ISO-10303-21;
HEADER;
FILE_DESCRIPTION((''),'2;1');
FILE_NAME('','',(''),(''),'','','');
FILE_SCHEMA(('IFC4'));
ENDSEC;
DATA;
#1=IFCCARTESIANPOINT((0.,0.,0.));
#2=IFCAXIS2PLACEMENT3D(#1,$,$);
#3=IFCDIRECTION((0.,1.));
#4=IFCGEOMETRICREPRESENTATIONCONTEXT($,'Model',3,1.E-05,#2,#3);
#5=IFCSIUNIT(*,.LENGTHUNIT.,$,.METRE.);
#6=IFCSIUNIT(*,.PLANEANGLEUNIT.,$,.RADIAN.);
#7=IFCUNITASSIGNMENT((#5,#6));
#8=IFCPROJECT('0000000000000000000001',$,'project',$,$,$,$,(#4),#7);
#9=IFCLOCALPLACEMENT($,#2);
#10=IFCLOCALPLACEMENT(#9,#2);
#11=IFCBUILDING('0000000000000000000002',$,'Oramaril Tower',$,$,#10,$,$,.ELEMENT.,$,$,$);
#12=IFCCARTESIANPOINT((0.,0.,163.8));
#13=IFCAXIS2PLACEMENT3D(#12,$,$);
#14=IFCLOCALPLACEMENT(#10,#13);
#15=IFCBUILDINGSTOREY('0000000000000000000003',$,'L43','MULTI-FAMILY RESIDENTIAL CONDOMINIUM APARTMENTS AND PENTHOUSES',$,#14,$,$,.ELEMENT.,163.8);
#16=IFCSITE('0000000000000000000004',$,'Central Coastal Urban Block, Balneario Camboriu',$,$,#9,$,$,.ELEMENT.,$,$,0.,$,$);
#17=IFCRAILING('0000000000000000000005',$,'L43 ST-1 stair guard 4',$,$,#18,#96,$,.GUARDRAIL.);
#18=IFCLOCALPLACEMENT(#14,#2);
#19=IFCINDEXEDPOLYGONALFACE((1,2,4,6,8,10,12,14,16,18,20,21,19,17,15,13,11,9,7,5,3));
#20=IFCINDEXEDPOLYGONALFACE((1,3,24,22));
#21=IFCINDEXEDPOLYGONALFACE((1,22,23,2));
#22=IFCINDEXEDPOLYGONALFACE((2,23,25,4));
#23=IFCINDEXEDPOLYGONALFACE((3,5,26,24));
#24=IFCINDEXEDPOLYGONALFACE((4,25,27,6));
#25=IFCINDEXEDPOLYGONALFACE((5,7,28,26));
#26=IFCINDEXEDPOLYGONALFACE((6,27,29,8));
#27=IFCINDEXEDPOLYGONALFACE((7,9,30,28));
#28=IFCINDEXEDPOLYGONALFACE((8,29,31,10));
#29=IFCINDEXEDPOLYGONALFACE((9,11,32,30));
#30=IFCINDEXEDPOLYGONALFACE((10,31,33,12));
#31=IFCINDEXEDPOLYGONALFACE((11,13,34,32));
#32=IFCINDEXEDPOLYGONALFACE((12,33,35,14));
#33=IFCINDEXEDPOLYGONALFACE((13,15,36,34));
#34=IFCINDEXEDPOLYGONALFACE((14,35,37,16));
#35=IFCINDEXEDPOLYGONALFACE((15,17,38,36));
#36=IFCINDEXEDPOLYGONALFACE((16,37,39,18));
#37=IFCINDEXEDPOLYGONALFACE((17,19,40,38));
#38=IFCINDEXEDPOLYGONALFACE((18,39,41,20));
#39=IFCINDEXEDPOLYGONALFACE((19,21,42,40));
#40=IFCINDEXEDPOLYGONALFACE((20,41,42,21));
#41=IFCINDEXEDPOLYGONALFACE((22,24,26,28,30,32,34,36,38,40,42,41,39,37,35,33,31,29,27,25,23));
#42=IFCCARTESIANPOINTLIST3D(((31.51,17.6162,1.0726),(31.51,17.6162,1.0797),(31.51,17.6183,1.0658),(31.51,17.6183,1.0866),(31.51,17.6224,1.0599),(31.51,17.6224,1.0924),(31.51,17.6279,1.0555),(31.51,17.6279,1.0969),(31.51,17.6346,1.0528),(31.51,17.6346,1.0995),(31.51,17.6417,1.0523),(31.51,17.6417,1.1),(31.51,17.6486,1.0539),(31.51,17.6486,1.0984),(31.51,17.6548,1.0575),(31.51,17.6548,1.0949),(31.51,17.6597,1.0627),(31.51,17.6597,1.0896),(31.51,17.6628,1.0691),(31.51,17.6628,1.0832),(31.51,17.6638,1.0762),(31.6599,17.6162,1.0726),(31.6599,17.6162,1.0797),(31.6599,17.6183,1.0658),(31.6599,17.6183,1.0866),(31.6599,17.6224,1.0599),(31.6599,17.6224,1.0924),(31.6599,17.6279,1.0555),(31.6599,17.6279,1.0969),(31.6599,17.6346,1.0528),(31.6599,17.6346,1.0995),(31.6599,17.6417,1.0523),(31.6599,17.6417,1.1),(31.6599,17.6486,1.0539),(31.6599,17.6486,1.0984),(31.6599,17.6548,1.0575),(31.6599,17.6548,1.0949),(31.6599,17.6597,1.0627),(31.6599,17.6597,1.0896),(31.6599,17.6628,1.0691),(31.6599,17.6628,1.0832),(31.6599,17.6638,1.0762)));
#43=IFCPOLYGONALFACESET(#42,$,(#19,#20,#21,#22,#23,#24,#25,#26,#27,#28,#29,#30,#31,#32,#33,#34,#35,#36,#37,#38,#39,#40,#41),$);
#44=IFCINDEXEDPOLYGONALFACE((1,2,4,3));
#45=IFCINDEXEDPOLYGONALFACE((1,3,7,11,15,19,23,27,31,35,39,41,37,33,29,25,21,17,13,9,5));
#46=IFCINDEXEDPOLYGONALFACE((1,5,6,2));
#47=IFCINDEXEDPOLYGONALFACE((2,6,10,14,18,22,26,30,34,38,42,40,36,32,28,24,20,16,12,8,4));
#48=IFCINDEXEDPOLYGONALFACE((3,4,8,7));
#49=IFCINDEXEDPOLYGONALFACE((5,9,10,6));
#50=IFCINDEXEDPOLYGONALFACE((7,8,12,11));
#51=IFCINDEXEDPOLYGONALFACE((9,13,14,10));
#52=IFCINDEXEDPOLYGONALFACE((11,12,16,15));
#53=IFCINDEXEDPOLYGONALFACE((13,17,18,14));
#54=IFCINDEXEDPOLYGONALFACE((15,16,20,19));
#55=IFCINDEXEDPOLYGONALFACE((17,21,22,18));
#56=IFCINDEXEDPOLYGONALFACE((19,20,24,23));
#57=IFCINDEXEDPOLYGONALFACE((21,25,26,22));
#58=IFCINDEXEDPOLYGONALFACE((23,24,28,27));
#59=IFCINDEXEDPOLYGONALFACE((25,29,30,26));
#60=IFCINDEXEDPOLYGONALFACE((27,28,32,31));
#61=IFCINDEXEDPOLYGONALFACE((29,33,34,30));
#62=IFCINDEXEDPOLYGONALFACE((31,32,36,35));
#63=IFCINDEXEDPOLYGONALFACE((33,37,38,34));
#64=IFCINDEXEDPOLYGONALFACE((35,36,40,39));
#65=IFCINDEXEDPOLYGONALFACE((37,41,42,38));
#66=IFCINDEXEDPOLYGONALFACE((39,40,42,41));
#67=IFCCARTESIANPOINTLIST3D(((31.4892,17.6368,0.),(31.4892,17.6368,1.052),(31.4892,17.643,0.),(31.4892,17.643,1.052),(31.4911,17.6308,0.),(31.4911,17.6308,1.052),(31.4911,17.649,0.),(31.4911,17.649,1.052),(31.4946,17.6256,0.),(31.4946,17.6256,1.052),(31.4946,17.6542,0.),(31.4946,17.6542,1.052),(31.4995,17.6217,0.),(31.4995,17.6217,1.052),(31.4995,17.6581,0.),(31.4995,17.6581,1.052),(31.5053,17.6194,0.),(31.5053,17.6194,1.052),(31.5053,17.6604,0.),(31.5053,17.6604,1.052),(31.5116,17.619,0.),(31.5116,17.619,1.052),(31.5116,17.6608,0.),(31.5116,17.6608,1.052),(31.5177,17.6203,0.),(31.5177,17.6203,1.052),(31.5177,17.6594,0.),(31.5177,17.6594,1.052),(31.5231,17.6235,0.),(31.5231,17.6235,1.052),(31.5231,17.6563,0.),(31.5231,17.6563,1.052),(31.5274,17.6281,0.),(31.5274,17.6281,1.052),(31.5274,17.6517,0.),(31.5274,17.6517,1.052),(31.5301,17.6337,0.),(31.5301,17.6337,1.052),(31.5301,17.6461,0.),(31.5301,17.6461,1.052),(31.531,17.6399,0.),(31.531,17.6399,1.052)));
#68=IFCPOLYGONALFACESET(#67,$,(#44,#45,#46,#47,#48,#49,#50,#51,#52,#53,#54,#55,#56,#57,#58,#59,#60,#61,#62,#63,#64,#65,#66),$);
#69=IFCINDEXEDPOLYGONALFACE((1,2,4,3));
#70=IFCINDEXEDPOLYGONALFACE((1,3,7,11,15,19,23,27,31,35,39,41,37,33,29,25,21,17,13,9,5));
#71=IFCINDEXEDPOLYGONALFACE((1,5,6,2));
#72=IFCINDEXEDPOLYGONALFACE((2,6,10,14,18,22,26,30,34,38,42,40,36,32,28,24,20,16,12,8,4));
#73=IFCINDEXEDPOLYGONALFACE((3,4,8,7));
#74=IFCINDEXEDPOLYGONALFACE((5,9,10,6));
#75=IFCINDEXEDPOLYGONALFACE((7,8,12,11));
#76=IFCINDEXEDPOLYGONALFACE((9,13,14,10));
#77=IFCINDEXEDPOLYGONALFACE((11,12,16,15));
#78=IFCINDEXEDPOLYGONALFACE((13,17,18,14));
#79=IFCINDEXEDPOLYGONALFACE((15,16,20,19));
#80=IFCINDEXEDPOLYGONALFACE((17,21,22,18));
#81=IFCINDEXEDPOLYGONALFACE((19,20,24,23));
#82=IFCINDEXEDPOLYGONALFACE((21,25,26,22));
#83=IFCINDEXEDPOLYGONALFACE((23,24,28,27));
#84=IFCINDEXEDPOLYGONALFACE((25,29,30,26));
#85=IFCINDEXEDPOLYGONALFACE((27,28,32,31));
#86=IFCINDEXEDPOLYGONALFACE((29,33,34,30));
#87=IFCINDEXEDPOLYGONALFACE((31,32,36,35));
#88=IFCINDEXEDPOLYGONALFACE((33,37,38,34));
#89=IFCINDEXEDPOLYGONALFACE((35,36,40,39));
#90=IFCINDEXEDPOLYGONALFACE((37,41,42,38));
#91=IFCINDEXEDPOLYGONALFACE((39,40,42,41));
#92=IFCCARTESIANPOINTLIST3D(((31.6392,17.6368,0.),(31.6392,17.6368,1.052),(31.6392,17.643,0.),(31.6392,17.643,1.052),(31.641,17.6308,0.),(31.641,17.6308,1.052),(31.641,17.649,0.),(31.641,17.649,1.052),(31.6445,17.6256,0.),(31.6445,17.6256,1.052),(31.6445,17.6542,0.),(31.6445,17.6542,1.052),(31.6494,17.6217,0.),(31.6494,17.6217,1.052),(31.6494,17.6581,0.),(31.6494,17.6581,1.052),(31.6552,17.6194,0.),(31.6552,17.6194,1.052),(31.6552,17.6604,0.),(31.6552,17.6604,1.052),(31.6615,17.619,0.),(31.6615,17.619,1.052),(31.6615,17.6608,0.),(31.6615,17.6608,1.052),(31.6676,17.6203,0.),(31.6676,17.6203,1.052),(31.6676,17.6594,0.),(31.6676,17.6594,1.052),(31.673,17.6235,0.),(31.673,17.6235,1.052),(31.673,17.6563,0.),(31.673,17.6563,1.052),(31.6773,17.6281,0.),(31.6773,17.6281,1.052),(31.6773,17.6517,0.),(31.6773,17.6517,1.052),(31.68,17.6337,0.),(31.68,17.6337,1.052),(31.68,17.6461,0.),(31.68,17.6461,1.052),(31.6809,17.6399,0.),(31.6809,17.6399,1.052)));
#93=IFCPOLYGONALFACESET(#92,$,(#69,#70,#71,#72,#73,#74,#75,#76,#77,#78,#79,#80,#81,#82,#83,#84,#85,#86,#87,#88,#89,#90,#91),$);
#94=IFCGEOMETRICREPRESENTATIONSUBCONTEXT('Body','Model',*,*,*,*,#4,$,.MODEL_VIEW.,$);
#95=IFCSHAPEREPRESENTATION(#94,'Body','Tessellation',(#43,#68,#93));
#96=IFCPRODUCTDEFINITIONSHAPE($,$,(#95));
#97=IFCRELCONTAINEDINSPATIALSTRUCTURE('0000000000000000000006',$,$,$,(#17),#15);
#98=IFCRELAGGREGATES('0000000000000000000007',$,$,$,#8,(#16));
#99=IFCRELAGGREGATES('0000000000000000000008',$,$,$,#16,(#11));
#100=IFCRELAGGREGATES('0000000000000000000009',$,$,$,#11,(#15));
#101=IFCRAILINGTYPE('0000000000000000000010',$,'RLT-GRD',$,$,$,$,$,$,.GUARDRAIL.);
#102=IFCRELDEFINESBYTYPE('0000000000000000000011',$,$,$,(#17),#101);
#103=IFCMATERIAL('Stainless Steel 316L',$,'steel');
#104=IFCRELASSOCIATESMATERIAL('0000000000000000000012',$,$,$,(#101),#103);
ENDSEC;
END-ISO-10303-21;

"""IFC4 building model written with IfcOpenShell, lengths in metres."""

from ifc_helpers import new_model, si_unit, direction, frame, origin, origin_2d, place, context, subcontext, project, spatial, circle, extrude, material, type_object, element, save


model = new_model("IFC4")

# Units and contexts
model_context = context("Model", 3, precision=1e-05, world=origin(), true_north=direction((0.0, 1.0)))
body_context = subcontext(model_context, "Body", "Model", "MODEL_VIEW")
ifc_project = project(units=[si_unit("LENGTHUNIT", "METRE"), si_unit("PLANEANGLEUNIT", "RADIAN")], contexts=[model_context])

# Site, building, storey
site_placement = place(None, origin())
site = spatial("IfcSite", under=ifc_project, at=site_placement, Name="Central Coastal Urban Block, Balneario Camboriu", CompositionType="ELEMENT", RefElevation=0.0)
building_placement = place(site_placement, origin())
building = spatial("IfcBuilding", under=site, at=building_placement, Name="Oramaril Tower", CompositionType="ELEMENT")
storey_placement = place(building_placement, frame((0.0, 0.0, 163.8)))
storey = spatial("IfcBuildingStorey", under=building, at=storey_placement, Name="L43", Description="MULTI-FAMILY RESIDENTIAL CONDOMINIUM APARTMENTS AND PENTHOUSES", CompositionType="ELEMENT", Elevation=163.8)

# Railing
ifc_material_1 = material(Name="Stainless Steel 316L", Category="steel")
railing_type_1 = type_object("IfcRailingType", Name="RLT-GRD", PredefinedType="GUARDRAIL", material=ifc_material_1)
railing_1_placement = place(storey_placement, frame((31.51, 17.6399, 0.0)))
element("IfcRailing", 1, at=railing_1_placement, inside=storey, type_object=railing_type_1, Name="L43 ST-1 stair guard 4", PredefinedType="GUARDRAIL", context=body_context, shape_type="SweptSolid", body=[
    extrude(circle(Radius=0.0239, at=origin_2d()), frame((0.0, 0.0, 1.0762), z_axis=(1.0, 0.0, 0.0), x_axis=(0.0, 1.0, 0.0)), (0.0, 0.0, 1.0), 0.1499),
    extrude(circle(Radius=0.021, at=origin_2d()), origin(), (0.0, 0.0, 1.0), 1.052),
    extrude(circle(Radius=0.021, at=origin_2d()), frame((0.1499, 0.0, 0.0)), (0.0, 0.0, 1.0), 1.052),
])

save(model, "model.ifc")
